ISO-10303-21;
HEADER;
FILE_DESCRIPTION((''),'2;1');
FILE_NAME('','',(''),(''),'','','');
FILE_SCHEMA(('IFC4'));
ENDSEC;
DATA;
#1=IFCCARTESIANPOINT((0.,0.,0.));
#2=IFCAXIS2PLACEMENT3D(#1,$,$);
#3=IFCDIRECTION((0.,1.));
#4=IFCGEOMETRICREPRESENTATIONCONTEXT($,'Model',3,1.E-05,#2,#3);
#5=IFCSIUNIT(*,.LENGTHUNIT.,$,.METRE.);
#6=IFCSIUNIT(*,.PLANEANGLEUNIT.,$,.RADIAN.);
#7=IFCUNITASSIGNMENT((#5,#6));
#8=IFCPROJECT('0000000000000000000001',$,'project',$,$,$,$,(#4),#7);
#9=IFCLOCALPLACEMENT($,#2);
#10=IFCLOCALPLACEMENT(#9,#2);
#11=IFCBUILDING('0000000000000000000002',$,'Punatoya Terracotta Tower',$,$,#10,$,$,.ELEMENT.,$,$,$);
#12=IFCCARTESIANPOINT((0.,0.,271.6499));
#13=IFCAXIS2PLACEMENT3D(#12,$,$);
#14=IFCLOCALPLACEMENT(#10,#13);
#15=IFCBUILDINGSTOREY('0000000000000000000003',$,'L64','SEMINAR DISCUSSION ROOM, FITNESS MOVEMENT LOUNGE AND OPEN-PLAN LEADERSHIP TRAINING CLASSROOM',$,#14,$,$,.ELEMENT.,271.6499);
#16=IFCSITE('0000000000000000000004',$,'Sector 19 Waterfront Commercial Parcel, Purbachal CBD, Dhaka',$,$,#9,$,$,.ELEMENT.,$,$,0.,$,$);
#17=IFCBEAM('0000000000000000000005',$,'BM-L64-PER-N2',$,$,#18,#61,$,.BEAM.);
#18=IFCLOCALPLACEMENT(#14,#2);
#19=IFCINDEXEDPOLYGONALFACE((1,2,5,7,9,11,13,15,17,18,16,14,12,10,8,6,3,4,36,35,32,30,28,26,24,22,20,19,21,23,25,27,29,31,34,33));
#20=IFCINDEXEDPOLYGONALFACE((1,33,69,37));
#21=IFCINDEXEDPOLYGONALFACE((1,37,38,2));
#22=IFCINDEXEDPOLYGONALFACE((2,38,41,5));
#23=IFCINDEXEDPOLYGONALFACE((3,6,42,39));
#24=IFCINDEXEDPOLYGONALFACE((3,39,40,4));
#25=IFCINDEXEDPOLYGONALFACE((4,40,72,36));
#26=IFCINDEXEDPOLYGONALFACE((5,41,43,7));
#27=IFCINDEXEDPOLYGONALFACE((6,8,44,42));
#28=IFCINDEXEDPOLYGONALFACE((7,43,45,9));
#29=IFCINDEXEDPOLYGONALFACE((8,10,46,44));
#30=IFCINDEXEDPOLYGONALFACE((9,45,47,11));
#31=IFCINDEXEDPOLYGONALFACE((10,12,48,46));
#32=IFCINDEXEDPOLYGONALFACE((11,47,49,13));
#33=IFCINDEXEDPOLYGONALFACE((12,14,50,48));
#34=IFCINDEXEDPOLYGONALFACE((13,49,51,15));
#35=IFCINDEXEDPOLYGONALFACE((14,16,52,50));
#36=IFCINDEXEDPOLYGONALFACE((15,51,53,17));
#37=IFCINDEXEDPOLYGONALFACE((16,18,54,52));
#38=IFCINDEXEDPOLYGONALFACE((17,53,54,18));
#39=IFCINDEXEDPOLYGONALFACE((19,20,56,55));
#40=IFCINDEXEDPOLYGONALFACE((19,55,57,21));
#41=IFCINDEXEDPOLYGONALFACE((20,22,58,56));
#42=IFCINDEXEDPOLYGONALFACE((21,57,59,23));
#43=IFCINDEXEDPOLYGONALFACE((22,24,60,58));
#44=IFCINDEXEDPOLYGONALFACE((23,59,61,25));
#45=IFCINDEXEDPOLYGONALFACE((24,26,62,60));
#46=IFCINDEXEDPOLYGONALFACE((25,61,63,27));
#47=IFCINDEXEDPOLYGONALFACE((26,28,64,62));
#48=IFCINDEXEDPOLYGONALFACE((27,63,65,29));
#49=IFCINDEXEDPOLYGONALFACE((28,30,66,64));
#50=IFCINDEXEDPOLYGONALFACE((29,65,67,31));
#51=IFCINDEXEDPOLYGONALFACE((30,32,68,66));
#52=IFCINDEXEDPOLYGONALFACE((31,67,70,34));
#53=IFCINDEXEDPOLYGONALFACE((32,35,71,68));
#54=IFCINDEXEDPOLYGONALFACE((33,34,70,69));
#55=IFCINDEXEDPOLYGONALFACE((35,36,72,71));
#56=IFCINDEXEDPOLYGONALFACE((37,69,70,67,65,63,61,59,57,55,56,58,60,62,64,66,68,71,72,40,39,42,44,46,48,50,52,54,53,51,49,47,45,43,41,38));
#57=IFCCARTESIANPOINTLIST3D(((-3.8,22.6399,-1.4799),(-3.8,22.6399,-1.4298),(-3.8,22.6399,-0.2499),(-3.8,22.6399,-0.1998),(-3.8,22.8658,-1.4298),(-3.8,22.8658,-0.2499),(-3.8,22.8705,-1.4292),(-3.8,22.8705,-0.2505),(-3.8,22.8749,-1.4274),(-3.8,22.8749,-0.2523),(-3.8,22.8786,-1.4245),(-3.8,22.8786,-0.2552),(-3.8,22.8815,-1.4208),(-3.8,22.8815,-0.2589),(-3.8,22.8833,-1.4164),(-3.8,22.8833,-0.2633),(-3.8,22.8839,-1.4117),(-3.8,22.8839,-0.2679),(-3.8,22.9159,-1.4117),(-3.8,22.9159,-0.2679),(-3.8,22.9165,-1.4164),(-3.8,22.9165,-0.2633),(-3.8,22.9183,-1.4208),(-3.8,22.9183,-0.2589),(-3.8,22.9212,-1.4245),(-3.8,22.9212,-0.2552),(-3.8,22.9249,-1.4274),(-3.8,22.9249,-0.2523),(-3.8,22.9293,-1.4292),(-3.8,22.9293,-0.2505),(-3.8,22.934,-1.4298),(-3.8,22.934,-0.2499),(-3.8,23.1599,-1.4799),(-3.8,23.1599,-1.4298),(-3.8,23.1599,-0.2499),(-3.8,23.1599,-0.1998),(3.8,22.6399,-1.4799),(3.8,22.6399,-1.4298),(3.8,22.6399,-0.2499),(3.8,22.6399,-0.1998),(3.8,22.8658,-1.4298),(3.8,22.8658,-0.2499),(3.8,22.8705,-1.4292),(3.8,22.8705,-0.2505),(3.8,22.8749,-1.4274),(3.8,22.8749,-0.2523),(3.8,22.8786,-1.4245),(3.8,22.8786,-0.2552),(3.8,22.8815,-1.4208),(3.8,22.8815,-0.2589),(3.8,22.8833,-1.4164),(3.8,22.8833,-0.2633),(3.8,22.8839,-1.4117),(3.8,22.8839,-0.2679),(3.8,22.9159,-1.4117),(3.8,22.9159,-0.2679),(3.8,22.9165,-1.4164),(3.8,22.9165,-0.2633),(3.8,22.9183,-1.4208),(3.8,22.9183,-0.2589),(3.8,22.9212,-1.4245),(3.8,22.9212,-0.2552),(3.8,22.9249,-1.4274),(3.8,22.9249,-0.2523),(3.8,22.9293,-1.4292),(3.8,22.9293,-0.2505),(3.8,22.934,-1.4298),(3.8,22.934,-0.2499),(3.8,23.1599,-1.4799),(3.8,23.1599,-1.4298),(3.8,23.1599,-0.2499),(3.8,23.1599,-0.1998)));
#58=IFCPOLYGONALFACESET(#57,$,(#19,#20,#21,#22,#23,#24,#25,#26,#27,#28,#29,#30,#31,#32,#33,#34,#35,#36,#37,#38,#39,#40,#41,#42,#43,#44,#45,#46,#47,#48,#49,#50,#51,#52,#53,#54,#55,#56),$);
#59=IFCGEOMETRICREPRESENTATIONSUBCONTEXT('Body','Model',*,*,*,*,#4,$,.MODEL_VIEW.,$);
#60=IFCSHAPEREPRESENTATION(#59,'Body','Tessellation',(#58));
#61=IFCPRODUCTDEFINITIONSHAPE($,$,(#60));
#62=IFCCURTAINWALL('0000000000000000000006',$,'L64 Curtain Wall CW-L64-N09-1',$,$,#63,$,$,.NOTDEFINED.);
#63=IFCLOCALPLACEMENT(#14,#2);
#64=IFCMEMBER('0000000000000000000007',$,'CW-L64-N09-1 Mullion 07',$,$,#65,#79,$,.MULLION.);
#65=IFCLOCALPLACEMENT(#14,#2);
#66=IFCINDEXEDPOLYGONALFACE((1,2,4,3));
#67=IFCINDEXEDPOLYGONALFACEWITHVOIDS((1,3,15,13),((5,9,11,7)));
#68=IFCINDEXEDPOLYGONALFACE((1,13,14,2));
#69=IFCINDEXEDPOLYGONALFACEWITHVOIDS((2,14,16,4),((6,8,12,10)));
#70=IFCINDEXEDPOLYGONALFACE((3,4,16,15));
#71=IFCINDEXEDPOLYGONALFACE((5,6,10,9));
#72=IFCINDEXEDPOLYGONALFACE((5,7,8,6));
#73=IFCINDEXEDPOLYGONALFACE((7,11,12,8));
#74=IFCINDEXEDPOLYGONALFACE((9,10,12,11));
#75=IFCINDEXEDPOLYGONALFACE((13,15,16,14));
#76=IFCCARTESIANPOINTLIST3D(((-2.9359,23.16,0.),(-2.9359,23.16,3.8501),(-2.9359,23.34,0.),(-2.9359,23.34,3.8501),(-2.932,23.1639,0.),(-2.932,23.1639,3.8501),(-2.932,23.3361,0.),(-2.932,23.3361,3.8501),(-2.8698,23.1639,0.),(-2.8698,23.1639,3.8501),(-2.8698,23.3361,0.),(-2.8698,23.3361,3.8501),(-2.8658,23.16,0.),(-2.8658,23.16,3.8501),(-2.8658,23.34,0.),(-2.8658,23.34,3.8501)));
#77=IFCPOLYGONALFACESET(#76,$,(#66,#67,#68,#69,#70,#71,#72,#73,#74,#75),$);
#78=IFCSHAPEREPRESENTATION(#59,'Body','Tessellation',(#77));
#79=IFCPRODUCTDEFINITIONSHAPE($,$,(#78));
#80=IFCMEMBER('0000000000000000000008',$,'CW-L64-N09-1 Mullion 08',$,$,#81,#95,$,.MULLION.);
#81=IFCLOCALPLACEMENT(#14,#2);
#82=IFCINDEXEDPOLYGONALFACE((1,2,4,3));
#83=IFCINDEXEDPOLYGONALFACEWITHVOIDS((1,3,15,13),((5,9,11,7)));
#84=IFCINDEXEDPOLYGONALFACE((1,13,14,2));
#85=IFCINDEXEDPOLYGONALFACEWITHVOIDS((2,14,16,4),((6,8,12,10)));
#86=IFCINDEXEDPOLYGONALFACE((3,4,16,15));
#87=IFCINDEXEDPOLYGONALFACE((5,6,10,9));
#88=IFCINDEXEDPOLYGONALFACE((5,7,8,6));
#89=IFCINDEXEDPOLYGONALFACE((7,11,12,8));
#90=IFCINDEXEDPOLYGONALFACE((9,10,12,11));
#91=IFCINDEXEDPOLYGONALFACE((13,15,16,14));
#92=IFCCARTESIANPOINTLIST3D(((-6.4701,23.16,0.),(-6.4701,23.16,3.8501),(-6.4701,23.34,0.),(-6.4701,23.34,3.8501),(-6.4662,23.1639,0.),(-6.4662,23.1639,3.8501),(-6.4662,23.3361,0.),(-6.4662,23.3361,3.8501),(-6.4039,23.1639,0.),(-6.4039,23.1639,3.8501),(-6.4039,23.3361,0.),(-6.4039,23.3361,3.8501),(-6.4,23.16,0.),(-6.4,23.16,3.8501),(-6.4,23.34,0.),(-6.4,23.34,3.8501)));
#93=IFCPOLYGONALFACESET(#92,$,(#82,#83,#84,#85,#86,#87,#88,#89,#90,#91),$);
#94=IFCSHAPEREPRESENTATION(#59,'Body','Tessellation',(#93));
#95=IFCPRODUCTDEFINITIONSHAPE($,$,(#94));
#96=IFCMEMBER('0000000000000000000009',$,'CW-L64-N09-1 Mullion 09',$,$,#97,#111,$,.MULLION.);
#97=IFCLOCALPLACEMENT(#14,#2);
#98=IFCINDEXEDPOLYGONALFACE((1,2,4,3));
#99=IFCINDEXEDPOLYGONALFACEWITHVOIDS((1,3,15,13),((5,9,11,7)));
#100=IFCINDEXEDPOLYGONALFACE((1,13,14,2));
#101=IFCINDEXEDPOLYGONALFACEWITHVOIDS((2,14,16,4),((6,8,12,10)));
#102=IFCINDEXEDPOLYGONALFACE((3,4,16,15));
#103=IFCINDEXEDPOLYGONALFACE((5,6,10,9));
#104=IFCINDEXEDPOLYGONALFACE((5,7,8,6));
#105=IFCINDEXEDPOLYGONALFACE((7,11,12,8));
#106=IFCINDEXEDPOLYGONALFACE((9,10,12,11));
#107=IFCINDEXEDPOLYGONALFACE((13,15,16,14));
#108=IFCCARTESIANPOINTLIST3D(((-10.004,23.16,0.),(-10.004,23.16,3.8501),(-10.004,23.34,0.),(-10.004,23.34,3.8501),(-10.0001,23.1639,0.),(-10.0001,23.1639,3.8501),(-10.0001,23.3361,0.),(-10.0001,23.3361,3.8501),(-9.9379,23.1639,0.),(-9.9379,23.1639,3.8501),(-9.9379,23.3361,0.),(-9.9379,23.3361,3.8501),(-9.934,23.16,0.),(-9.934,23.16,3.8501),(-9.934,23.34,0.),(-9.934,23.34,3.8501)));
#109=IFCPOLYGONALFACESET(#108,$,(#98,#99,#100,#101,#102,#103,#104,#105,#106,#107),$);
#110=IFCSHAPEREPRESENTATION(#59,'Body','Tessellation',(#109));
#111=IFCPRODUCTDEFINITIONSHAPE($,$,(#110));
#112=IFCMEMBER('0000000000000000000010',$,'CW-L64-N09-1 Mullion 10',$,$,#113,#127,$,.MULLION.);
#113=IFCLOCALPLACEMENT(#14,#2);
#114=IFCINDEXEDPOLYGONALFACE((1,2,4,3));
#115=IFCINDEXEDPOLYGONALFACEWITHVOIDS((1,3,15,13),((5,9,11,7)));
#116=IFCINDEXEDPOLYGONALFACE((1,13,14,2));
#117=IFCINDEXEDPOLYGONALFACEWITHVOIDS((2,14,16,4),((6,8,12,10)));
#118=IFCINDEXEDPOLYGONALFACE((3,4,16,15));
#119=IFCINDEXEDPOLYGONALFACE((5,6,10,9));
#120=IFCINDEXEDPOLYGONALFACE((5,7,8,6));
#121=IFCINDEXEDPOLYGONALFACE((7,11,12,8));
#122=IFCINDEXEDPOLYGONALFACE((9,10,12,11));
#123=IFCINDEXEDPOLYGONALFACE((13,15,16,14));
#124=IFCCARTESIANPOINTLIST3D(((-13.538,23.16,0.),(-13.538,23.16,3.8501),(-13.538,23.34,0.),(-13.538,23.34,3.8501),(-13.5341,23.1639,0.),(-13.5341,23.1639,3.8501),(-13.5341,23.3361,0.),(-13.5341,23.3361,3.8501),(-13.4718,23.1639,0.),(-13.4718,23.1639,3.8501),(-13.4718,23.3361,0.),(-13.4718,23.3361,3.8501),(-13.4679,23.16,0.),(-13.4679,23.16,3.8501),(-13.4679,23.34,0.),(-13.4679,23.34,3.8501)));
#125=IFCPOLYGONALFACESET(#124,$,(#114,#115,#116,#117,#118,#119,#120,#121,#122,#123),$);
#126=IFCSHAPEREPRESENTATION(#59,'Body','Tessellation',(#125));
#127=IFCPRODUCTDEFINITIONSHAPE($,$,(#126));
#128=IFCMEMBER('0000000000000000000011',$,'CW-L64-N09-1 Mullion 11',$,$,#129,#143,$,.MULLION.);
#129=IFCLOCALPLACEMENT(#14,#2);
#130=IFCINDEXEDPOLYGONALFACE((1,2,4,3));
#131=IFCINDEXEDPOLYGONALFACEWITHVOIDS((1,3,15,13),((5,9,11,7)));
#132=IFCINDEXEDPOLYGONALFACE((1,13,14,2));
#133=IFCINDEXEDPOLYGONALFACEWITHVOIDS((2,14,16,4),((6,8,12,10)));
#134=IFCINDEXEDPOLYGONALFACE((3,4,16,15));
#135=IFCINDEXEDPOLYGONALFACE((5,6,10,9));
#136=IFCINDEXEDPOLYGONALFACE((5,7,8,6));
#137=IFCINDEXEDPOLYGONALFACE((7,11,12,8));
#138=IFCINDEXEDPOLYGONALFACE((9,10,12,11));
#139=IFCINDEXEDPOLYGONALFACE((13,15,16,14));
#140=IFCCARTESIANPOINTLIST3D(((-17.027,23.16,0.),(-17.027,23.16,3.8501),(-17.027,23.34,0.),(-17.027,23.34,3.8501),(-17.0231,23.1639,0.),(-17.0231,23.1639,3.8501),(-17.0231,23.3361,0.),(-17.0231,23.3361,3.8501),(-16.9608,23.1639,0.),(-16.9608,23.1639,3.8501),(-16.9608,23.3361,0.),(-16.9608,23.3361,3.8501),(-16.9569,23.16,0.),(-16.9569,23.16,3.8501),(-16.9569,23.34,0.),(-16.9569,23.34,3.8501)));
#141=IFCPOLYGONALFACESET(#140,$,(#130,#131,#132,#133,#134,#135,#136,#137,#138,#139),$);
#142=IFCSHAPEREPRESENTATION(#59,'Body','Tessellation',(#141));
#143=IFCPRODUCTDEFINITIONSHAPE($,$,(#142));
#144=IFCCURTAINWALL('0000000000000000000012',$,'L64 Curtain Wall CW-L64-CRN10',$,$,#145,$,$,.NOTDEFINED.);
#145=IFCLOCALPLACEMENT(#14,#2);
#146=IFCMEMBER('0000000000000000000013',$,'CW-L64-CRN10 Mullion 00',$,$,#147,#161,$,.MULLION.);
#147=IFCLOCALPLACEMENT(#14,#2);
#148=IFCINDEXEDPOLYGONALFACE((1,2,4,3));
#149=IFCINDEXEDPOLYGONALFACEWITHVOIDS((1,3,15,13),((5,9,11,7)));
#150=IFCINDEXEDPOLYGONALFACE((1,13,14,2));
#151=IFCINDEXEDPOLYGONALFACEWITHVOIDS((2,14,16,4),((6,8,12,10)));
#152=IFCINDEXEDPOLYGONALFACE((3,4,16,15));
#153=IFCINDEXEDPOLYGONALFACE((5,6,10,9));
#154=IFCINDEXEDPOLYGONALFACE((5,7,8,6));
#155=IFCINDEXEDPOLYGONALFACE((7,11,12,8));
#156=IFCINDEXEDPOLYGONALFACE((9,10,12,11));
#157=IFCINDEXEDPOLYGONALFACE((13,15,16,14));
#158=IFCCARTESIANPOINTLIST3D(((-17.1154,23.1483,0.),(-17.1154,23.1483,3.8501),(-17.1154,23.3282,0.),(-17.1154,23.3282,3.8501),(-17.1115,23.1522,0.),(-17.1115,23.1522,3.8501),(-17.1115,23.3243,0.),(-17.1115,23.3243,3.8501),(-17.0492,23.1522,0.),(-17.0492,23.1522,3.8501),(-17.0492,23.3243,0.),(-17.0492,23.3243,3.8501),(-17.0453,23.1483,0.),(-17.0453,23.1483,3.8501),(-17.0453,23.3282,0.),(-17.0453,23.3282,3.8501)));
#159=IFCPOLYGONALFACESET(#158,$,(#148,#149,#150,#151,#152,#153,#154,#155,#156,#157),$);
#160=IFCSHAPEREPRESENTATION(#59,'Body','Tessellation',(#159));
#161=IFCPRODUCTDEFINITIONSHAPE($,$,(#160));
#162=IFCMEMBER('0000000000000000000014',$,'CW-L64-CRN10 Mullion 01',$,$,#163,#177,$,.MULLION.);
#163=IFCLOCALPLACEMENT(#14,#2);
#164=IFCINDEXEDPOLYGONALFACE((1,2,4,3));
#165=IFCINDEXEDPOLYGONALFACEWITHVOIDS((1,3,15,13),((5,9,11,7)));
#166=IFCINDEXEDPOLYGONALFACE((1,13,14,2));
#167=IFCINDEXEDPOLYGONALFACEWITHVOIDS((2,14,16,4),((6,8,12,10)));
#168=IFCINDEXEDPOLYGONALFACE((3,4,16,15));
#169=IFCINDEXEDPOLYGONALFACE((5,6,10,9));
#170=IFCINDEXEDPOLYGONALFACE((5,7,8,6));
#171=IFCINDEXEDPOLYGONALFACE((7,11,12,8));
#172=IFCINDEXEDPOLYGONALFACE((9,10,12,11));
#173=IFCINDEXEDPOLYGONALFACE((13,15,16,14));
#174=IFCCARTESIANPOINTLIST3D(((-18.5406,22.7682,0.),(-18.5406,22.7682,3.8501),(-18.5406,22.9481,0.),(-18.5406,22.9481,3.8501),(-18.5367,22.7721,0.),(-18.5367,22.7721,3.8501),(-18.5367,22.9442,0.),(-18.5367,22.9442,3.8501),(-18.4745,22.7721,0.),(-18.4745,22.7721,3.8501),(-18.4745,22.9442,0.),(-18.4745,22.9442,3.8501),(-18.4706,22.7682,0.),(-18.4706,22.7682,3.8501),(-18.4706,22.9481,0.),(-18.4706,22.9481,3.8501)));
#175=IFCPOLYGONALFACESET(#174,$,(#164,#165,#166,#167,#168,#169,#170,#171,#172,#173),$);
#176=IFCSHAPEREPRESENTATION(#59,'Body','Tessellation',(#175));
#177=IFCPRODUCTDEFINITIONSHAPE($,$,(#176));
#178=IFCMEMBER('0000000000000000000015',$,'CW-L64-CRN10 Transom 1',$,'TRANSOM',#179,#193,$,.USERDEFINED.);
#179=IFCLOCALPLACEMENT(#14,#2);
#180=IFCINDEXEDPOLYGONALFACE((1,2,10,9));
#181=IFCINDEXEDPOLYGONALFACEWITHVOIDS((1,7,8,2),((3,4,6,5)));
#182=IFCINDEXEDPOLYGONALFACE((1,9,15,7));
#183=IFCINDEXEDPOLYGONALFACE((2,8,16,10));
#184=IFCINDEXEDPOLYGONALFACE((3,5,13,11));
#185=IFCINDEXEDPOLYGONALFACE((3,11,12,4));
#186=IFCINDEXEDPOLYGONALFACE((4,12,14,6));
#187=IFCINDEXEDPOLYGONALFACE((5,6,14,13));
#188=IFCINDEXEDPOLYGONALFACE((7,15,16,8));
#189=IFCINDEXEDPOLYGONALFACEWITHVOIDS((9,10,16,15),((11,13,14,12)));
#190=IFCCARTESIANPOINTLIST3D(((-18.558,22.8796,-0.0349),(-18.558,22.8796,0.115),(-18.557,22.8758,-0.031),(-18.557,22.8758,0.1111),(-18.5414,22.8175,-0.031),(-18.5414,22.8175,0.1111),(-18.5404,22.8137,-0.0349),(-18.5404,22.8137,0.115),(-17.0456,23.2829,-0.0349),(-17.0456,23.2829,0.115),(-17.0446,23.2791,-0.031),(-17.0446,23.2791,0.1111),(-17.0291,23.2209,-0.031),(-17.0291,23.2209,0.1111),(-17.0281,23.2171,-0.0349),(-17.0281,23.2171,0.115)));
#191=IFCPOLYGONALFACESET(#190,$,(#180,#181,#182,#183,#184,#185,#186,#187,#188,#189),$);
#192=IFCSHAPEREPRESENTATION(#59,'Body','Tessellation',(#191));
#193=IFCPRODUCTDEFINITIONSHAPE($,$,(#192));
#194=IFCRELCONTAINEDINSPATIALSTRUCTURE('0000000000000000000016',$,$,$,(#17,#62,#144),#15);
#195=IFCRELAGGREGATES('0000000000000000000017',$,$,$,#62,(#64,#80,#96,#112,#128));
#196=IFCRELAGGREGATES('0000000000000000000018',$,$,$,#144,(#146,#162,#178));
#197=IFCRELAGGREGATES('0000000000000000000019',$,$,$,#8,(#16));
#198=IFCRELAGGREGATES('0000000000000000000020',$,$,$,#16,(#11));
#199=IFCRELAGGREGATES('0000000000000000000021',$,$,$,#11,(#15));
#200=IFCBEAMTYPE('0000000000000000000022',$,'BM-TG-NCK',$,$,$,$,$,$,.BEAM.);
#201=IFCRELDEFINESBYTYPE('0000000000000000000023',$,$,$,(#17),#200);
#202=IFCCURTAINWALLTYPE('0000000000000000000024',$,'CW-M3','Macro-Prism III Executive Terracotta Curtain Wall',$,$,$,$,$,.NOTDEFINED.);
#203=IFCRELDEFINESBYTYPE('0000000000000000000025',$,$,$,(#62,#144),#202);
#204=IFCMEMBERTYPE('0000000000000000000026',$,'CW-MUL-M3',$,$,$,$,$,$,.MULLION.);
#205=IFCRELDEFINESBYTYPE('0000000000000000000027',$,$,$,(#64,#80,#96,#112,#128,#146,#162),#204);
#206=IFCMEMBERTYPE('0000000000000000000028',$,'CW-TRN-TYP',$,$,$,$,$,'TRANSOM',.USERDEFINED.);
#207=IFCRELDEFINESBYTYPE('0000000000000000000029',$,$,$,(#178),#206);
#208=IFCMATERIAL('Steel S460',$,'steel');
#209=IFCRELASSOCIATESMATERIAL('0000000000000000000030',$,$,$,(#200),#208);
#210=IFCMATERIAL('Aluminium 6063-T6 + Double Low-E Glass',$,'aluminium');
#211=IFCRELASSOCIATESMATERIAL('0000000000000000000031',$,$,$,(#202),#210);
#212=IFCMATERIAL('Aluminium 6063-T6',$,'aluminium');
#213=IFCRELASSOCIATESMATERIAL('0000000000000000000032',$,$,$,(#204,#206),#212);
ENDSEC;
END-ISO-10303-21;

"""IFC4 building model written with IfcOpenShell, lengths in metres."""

from ifc_helpers import new_model, si_unit, direction, frame, origin, origin_2d, place, context, subcontext, project, spatial, hollow_rectangle, i_section, extrude, material, material_profile, profile_set, type_object, element, aggregate, save


model = new_model("IFC4")

# Units and contexts
model_context = context("Model", 3, precision=1e-05, world=origin(), true_north=direction((0.0, 1.0)))
body_context = subcontext(model_context, "Body", "Model", "MODEL_VIEW")
ifc_project = project(units=[si_unit("LENGTHUNIT", "METRE"), si_unit("PLANEANGLEUNIT", "RADIAN")], contexts=[model_context])

# Site, building, storey
site_placement = place(None, origin())
site = spatial("IfcSite", under=ifc_project, at=site_placement, Name="Sector 19 Waterfront Commercial Parcel, Purbachal CBD, Dhaka", CompositionType="ELEMENT", RefElevation=0.0)
building_placement = place(site_placement, origin())
building = spatial("IfcBuilding", under=site, at=building_placement, Name="Punatoya Terracotta Tower", CompositionType="ELEMENT")
storey_placement = place(building_placement, frame((0.0, 0.0, 271.6499)))
storey = spatial("IfcBuildingStorey", under=building, at=storey_placement, Name="L64", Description="SEMINAR DISCUSSION ROOM, FITNESS MOVEMENT LOUNGE AND OPEN-PLAN LEADERSHIP TRAINING CLASSROOM", CompositionType="ELEMENT", Elevation=271.6499)

# Shared definitions
ifc_material_1 = material(Name="Steel S460", Category="steel")

# Beam
ifc_material_profile_1 = material_profile(ifc_material_1, i_section(OverallWidth=0.52, OverallDepth=1.28, WebThickness=0.032, FlangeThickness=0.05, FilletRadius=0.0181, at=origin_2d()))
ifc_profile_set_1 = profile_set([ifc_material_profile_1], Name="Steel S460")
beam_type_1 = type_object("IfcBeamType", Name="BM-TG-NCK", PredefinedType="BEAM", material=ifc_profile_set_1)
beam_1_placement = place(storey_placement, frame((-3.8, 22.8999, -0.8398), z_axis=(1.0, 0.0, 0.0), x_axis=(0.0, 1.0, 0.0)))
element("IfcBeam", 1, at=beam_1_placement, inside=storey, type_object=beam_type_1, Name="BM-L64-PER-N2", PredefinedType="BEAM", context=body_context, shape_type="SweptSolid", body=[
    extrude(i_section(OverallWidth=0.52, OverallDepth=1.28, WebThickness=0.032, FlangeThickness=0.05, FilletRadius=0.0181, at=origin_2d()), origin(), (0.0, 0.0, 1.0), 7.6001),
])

# Curtain walls, members
ifc_material_2 = material(Name="Aluminium 6063-T6 + Double Low-E Glass", Category="aluminium")
curtain_wall_type = type_object("IfcCurtainWallType", Name="CW-M3", Description="Macro-Prism III Executive Terracotta Curtain Wall", PredefinedType="NOTDEFINED", material=ifc_material_2)
curtain_wall_1_placement = place(storey_placement, origin())
curtain_wall_1 = element("IfcCurtainWall", 2, at=curtain_wall_1_placement, inside=storey, type_object=curtain_wall_type, Name="L64 Curtain Wall CW-L64-N09-1", PredefinedType="NOTDEFINED")
ifc_material_3 = material(Name="Aluminium 6063-T6", Category="aluminium")
ifc_material_profile_2 = material_profile(ifc_material_3, hollow_rectangle(XDim=0.0701, YDim=0.1799, WallThickness=0.0039, at=origin_2d()))
ifc_profile_set_2 = profile_set([ifc_material_profile_2], Name="Aluminium 6063-T6")
member_type_1 = type_object("IfcMemberType", Name="CW-MUL-M3", PredefinedType="MULLION", material=ifc_profile_set_2)
member_1_placement = place(storey_placement, frame((-2.9009, 23.25, 0.0), z_axis=(0.0, 0.0, 1.0), x_axis=(1.0, 0.0, 0.0)))
member_1 = element("IfcMember", 3, at=member_1_placement, type_object=member_type_1, Name="CW-L64-N09-1 Mullion 07", PredefinedType="MULLION", context=body_context, shape_type="SweptSolid", body=[
    extrude(hollow_rectangle(XDim=0.0701, YDim=0.1799, WallThickness=0.0039, at=origin_2d()), origin(), (0.0, 0.0, 1.0), 3.8501),
])
member_2_placement = place(storey_placement, frame((-6.4351, 23.25, 0.0), z_axis=(0.0, 0.0, 1.0), x_axis=(1.0, 0.0, 0.0)))
member_2 = element("IfcMember", 4, at=member_2_placement, type_object=member_type_1, Name="CW-L64-N09-1 Mullion 08", PredefinedType="MULLION", context=body_context, shape_type="SweptSolid", body=[
    extrude(hollow_rectangle(XDim=0.0701, YDim=0.1799, WallThickness=0.0039, at=origin_2d()), origin(), (0.0, 0.0, 1.0), 3.8501),
])
member_3_placement = place(storey_placement, frame((-9.969, 23.25, 0.0), z_axis=(0.0, 0.0, 1.0), x_axis=(1.0, 0.0, 0.0)))
member_3 = element("IfcMember", 5, at=member_3_placement, type_object=member_type_1, Name="CW-L64-N09-1 Mullion 09", PredefinedType="MULLION", context=body_context, shape_type="SweptSolid", body=[
    extrude(hollow_rectangle(XDim=0.0701, YDim=0.1799, WallThickness=0.0039, at=origin_2d()), origin(), (0.0, 0.0, 1.0), 3.8501),
])
member_4_placement = place(storey_placement, frame((-13.5029, 23.25, 0.0), z_axis=(0.0, 0.0, 1.0), x_axis=(1.0, 0.0, 0.0)))
member_4 = element("IfcMember", 6, at=member_4_placement, type_object=member_type_1, Name="CW-L64-N09-1 Mullion 10", PredefinedType="MULLION", context=body_context, shape_type="SweptSolid", body=[
    extrude(hollow_rectangle(XDim=0.0701, YDim=0.1799, WallThickness=0.0039, at=origin_2d()), origin(), (0.0, 0.0, 1.0), 3.8501),
])
member_5_placement = place(storey_placement, frame((-16.9919, 23.25, 0.0), z_axis=(0.0, 0.0, 1.0), x_axis=(1.0, 0.0, 0.0)))
member_5 = element("IfcMember", 7, at=member_5_placement, type_object=member_type_1, Name="CW-L64-N09-1 Mullion 11", PredefinedType="MULLION", context=body_context, shape_type="SweptSolid", body=[
    extrude(hollow_rectangle(XDim=0.0701, YDim=0.1799, WallThickness=0.0039, at=origin_2d()), origin(), (0.0, 0.0, 1.0), 3.8501),
])
curtain_wall_2_placement = place(storey_placement, origin())
curtain_wall_2 = element("IfcCurtainWall", 8, at=curtain_wall_2_placement, inside=storey, type_object=curtain_wall_type, Name="L64 Curtain Wall CW-L64-CRN10", PredefinedType="NOTDEFINED")
member_6_placement = place(storey_placement, frame((-17.0803, 23.2383, 0.0), z_axis=(0.0, 0.0, 1.0), x_axis=(1.0, 0.0, 0.0)))
member_6 = element("IfcMember", 9, at=member_6_placement, type_object=member_type_1, Name="CW-L64-CRN10 Mullion 00", PredefinedType="MULLION", context=body_context, shape_type="SweptSolid", body=[
    extrude(hollow_rectangle(XDim=0.0701, YDim=0.1799, WallThickness=0.0039, at=origin_2d()), origin(), (0.0, 0.0, 1.0), 3.8501),
])
member_7_placement = place(storey_placement, frame((-18.5056, 22.8582, 0.0), z_axis=(0.0, 0.0, 1.0), x_axis=(1.0, 0.0, 0.0)))
member_7 = element("IfcMember", 10, at=member_7_placement, type_object=member_type_1, Name="CW-L64-CRN10 Mullion 01", PredefinedType="MULLION", context=body_context, shape_type="SweptSolid", body=[
    extrude(hollow_rectangle(XDim=0.0701, YDim=0.1799, WallThickness=0.0039, at=origin_2d()), origin(), (0.0, 0.0, 1.0), 3.8501),
])
ifc_material_profile_3 = material_profile(ifc_material_3, hollow_rectangle(XDim=0.0681, YDim=0.1499, WallThickness=0.0039, at=origin_2d()))
ifc_profile_set_3 = profile_set([ifc_material_profile_3], Name="Aluminium 6063-T6")
member_type_2 = type_object("IfcMemberType", Name="CW-TRN-TYP", ElementType="TRANSOM", PredefinedType="USERDEFINED", material=ifc_profile_set_3)
member_8_placement = place(storey_placement, frame((-17.0369, 23.25, 0.04), z_axis=(-0.966225, -0.257701, 0.0), x_axis=(0.257701, -0.966225, 0.0)))
member_8 = element("IfcMember", 11, at=member_8_placement, type_object=member_type_2, Name="CW-L64-CRN10 Transom 1", ObjectType="TRANSOM", PredefinedType="USERDEFINED", context=body_context, shape_type="SweptSolid", body=[
    extrude(hollow_rectangle(XDim=0.0681, YDim=0.1499, WallThickness=0.0039, at=origin_2d()), origin(), (0.0, 0.0, 1.0), 1.5652),
])

aggregate(curtain_wall_1, [member_1, member_2, member_3, member_4, member_5])
aggregate(curtain_wall_2, [member_6, member_7, member_8])

save(model, "model.ifc")
